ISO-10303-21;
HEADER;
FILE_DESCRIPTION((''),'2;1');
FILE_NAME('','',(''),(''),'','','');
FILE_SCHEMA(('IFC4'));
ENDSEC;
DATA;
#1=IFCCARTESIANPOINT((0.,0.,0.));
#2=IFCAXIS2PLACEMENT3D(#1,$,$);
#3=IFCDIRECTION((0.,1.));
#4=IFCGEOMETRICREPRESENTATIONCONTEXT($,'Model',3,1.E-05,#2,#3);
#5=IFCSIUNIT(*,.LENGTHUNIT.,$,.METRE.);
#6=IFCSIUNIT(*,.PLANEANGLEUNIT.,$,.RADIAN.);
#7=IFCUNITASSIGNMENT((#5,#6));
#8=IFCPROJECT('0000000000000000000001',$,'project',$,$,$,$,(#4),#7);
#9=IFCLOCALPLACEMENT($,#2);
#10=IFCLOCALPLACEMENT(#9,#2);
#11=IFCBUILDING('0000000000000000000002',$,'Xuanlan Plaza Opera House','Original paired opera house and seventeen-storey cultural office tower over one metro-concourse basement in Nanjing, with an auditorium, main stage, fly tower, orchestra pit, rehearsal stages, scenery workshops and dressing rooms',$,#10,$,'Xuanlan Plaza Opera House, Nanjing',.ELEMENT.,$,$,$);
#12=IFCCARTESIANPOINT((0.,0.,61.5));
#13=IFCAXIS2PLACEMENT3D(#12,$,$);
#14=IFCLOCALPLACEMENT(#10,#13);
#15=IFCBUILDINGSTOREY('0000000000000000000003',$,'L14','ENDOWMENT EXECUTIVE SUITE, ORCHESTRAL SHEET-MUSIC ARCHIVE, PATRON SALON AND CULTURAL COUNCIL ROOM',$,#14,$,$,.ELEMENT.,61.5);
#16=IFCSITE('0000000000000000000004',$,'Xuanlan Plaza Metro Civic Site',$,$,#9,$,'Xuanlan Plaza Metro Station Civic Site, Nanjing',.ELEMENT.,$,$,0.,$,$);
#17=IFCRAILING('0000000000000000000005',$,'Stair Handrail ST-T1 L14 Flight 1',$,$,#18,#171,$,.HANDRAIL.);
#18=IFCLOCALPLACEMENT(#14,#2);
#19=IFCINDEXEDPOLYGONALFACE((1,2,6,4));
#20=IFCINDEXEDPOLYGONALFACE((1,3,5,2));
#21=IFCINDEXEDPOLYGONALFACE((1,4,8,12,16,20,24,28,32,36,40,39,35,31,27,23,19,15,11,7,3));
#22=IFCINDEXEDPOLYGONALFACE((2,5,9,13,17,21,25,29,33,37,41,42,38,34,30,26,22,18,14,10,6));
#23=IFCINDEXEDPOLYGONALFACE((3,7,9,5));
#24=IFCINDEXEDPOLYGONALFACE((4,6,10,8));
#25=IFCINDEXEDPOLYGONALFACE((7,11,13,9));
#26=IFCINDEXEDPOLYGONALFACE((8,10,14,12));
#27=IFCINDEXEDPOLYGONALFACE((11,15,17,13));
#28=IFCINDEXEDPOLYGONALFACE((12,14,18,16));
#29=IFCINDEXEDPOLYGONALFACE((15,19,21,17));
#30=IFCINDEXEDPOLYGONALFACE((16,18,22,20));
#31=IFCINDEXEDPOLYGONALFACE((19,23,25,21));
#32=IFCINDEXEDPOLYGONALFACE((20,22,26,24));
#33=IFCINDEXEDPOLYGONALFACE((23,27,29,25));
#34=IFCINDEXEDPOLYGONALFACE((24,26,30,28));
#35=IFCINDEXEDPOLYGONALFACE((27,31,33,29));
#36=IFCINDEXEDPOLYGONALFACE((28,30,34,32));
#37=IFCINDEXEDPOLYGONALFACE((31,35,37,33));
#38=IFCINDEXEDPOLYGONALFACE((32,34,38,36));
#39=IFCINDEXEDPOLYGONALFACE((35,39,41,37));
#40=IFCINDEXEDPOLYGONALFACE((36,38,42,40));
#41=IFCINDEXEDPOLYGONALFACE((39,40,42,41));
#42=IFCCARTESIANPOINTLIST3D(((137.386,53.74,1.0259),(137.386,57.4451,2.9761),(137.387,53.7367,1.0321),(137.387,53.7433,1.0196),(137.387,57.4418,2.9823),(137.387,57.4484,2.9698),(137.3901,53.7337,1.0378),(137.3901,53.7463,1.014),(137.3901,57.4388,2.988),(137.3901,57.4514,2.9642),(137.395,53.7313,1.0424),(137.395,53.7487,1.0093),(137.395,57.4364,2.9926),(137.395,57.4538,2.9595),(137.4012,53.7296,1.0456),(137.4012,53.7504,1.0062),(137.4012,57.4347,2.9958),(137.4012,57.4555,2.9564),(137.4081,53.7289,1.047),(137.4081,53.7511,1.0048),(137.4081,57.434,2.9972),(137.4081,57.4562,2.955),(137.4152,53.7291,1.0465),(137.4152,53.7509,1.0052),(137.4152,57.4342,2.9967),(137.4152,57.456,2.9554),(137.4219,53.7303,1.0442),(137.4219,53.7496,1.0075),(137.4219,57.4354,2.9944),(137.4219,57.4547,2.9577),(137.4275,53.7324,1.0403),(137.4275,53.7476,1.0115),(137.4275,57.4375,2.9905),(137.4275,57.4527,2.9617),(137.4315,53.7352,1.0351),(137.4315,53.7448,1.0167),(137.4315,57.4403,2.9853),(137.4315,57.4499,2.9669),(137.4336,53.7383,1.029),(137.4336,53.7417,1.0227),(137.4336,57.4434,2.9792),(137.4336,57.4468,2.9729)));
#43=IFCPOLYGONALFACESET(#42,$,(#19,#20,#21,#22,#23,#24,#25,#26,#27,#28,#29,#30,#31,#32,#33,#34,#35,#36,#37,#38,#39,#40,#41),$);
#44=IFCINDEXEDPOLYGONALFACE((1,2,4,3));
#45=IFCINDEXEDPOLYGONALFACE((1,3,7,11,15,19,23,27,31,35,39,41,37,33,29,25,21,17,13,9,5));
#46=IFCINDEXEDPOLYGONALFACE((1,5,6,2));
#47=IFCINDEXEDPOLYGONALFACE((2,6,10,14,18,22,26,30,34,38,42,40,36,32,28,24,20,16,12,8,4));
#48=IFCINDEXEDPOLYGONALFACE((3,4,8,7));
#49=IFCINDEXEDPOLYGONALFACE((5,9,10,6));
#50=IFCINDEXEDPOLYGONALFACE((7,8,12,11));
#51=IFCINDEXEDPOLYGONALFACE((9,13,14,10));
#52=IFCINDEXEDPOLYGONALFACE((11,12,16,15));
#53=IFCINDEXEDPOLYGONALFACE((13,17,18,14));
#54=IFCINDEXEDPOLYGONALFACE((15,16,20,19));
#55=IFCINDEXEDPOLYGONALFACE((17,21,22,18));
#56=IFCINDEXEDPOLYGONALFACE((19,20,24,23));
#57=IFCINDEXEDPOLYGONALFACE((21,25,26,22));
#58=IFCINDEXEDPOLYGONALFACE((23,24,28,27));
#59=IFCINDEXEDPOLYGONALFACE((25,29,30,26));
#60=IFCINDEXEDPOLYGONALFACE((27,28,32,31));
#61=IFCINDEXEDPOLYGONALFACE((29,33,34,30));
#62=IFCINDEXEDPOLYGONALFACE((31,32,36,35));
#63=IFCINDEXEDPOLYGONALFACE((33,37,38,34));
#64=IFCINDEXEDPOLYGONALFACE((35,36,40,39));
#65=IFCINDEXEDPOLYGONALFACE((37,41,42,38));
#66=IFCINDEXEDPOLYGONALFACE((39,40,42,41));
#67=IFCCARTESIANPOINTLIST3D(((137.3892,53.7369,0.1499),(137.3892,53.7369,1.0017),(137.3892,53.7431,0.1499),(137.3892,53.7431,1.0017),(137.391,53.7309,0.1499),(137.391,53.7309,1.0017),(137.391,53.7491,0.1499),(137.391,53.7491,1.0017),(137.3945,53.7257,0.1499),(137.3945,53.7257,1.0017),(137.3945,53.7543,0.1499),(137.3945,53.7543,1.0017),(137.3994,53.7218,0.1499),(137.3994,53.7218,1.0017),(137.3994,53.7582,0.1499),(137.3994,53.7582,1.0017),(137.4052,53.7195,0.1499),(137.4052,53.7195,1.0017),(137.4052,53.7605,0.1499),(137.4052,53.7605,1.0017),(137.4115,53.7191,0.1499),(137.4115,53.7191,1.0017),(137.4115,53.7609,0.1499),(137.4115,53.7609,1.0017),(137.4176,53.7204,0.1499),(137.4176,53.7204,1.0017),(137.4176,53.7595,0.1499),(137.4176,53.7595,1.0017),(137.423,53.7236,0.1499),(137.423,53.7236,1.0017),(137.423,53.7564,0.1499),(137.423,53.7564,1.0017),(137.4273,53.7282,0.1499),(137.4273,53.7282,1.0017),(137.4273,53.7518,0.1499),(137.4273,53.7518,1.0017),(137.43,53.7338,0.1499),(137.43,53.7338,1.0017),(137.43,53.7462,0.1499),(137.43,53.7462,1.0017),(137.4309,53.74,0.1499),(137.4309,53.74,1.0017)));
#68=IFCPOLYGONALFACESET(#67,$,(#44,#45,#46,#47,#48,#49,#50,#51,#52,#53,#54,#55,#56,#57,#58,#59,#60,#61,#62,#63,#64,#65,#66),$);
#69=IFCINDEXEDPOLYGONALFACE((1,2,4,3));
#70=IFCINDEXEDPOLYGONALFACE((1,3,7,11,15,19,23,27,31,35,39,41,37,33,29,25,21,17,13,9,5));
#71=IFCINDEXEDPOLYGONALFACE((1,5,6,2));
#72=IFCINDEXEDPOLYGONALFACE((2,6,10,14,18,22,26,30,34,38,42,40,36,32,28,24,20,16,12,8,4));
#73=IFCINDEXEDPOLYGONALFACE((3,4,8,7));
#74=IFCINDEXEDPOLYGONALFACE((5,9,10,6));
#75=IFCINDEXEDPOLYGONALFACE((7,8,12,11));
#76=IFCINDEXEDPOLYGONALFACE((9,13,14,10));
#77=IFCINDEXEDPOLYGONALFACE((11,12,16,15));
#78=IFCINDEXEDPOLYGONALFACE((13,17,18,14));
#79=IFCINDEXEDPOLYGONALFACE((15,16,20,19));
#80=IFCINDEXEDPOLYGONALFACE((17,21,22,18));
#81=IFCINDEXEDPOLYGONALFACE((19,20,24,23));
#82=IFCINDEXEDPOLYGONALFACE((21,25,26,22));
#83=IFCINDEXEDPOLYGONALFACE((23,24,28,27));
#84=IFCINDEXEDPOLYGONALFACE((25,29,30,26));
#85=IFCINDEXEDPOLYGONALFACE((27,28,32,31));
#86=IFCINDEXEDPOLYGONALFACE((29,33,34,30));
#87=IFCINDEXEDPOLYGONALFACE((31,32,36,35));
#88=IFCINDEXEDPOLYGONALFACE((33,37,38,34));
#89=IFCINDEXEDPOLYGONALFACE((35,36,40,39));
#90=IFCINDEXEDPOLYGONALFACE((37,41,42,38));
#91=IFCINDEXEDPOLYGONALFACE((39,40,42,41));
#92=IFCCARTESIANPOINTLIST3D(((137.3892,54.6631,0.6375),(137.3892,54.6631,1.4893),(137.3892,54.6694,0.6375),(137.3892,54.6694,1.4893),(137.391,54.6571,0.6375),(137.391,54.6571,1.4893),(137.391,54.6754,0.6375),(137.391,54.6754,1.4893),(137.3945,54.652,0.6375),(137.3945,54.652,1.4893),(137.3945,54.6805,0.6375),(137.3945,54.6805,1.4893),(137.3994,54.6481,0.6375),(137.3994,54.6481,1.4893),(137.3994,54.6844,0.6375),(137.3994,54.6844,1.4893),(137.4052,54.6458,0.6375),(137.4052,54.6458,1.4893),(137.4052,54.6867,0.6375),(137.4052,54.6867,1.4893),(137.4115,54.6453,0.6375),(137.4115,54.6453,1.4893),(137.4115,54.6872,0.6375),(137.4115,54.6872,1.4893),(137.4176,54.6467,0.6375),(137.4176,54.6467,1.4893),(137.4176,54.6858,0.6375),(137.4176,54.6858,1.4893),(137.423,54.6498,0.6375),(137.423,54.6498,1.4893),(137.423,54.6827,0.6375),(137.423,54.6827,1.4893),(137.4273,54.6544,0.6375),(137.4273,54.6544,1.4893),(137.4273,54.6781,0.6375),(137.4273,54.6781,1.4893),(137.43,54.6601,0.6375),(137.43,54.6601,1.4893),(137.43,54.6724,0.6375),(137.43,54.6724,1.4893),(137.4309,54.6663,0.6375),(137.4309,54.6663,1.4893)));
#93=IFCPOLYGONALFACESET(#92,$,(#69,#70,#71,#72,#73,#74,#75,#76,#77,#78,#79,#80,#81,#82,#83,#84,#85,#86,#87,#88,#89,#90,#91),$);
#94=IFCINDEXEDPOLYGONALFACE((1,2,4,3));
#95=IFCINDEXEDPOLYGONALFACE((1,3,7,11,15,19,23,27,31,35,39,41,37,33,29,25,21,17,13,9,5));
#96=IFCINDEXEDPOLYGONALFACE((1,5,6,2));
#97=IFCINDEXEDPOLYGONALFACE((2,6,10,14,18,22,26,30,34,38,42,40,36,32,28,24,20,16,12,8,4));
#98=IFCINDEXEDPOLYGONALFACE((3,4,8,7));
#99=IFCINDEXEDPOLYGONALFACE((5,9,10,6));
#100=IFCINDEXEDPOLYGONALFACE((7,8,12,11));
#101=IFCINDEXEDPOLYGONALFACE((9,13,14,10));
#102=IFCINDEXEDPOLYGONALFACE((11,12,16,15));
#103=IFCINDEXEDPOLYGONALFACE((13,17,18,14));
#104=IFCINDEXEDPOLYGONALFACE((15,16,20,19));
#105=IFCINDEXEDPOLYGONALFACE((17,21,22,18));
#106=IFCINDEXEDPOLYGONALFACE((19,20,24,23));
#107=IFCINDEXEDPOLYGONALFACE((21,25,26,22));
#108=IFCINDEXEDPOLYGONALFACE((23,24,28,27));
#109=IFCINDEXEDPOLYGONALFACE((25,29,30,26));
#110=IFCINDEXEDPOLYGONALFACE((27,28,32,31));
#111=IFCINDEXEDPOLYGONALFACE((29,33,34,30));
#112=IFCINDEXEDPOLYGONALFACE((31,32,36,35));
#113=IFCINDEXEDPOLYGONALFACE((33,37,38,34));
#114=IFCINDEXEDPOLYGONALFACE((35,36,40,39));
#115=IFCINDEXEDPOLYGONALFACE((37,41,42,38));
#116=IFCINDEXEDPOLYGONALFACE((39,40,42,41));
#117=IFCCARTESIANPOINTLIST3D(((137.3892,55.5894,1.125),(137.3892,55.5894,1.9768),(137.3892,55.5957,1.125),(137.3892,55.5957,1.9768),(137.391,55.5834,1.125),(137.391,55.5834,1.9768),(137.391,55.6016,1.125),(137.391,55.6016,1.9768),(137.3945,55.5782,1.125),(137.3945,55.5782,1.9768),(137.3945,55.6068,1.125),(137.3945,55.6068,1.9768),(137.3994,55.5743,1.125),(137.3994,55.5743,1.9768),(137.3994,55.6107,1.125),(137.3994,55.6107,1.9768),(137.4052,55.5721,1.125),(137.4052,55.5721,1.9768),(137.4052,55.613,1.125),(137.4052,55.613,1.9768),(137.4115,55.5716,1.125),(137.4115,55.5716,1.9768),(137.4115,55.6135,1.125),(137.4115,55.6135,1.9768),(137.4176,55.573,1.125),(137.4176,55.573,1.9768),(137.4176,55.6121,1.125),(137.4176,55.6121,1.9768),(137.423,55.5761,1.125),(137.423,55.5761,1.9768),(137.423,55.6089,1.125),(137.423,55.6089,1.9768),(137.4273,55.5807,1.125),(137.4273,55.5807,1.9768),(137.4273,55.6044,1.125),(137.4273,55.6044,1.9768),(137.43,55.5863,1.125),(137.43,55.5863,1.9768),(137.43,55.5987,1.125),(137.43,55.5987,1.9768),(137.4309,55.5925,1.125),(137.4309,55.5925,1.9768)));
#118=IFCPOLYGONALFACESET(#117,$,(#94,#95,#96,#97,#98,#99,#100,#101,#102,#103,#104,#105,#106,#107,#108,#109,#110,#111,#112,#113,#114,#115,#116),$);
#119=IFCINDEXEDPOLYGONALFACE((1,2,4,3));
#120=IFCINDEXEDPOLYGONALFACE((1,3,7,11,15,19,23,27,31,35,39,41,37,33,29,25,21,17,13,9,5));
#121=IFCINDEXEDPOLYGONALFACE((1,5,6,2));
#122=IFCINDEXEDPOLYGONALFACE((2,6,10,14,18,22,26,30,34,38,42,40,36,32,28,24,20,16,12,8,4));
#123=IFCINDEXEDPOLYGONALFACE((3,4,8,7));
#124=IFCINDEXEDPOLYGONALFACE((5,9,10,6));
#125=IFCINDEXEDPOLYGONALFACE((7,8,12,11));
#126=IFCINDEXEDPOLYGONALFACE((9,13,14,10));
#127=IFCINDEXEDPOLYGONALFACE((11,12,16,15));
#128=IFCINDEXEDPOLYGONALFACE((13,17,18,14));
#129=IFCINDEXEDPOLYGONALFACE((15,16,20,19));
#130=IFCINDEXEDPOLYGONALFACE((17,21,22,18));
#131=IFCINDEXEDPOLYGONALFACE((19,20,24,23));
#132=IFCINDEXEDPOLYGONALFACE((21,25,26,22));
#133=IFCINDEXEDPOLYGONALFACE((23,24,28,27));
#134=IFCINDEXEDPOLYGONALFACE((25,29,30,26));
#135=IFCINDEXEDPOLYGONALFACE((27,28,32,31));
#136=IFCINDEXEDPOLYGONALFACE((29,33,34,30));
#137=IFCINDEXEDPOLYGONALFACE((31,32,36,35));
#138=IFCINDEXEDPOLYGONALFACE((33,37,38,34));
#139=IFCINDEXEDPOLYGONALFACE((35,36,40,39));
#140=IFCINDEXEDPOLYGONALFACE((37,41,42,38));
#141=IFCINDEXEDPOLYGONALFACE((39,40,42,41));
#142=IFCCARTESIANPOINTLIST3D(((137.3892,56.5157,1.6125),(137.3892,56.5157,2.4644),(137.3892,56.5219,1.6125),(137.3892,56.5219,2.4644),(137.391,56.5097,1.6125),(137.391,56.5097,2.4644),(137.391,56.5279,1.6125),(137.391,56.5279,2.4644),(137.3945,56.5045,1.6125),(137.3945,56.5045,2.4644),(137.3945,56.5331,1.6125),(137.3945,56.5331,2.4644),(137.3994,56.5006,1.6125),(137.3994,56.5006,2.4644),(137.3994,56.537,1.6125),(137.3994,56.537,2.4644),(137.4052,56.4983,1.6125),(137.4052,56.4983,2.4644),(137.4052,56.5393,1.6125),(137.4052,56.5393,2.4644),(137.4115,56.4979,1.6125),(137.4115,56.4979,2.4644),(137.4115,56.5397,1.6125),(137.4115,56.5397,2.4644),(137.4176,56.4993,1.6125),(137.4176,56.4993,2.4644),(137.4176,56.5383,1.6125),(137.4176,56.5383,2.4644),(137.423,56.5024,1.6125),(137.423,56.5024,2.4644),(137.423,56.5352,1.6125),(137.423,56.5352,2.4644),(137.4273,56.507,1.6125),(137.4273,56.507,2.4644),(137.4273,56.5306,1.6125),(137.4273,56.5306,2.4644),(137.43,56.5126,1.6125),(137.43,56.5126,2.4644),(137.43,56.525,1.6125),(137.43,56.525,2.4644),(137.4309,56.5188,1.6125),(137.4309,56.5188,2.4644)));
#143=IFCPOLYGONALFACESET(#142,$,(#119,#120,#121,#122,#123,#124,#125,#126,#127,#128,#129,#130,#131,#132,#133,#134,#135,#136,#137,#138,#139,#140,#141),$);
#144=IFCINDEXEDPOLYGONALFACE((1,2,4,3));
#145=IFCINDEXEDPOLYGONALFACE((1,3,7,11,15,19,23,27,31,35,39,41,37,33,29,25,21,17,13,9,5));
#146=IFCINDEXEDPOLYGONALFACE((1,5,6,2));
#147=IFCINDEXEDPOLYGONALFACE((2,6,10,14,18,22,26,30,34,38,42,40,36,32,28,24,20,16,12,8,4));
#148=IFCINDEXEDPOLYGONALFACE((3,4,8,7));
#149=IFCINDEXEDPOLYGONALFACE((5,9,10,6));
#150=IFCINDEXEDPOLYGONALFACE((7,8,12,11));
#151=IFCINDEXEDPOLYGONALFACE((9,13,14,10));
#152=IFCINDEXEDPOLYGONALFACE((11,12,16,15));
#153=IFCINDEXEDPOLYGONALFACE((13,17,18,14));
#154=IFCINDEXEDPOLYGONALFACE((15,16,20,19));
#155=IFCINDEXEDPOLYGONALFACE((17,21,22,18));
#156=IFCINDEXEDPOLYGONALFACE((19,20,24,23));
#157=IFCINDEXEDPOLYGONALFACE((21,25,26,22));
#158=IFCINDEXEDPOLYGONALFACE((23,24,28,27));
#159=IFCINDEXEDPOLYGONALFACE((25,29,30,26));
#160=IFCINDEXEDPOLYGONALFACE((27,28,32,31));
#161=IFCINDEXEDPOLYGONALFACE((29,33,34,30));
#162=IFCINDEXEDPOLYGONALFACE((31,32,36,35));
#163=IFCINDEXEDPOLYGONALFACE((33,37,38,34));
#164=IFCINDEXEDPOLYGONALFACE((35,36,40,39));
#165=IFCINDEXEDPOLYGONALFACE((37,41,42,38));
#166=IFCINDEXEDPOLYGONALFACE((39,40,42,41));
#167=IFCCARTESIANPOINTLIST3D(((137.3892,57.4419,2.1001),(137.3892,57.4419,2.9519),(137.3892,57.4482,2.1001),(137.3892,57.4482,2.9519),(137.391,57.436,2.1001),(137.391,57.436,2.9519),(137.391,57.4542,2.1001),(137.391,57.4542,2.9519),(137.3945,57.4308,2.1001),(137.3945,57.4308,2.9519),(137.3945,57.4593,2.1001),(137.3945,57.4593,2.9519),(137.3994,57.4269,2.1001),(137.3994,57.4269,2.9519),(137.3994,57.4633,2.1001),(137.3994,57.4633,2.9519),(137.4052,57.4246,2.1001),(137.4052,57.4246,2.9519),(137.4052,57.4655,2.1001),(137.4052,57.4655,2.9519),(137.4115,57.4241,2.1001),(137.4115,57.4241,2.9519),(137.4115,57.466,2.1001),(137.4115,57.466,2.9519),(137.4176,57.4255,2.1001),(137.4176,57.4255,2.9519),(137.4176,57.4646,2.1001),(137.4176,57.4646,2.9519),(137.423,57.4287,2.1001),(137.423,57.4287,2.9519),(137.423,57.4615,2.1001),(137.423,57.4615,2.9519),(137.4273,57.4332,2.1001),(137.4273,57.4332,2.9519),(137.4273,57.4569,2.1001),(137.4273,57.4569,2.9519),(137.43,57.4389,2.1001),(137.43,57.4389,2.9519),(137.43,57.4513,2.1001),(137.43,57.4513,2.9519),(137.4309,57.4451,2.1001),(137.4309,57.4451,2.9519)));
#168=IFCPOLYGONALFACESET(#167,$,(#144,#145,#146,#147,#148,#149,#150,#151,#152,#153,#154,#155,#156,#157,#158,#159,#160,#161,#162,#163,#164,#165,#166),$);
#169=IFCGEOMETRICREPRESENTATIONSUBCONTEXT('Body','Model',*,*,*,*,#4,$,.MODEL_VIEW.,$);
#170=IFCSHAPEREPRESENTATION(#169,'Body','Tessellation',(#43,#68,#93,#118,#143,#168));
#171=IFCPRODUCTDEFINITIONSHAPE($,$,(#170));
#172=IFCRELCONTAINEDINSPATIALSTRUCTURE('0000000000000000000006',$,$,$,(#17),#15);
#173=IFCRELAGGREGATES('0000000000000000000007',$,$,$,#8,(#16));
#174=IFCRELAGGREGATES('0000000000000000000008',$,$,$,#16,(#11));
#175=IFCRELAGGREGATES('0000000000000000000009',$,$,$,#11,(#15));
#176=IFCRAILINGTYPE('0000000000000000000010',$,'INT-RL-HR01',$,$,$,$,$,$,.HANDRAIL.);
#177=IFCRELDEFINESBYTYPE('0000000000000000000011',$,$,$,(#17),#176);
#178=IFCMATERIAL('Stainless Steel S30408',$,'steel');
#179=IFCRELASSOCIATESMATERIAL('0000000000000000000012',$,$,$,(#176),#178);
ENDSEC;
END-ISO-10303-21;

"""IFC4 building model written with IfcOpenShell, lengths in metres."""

from ifc_helpers import new_model, si_unit, direction, frame, origin, origin_2d, place, context, subcontext, project, spatial, circle, extrude, material, type_object, element, save


model = new_model("IFC4")

# Units and contexts
model_context = context("Model", 3, precision=1e-05, world=origin(), true_north=direction((0.0, 1.0)))
body_context = subcontext(model_context, "Body", "Model", "MODEL_VIEW")
ifc_project = project(units=[si_unit("LENGTHUNIT", "METRE"), si_unit("PLANEANGLEUNIT", "RADIAN")], contexts=[model_context])

# Site, building, storey
site_placement = place(None, origin())
site = spatial("IfcSite", under=ifc_project, at=site_placement, Name="Xuanlan Plaza Metro Civic Site", LongName="Xuanlan Plaza Metro Station Civic Site, Nanjing", CompositionType="ELEMENT", RefElevation=0.0)
building_placement = place(site_placement, origin())
building = spatial("IfcBuilding", under=site, at=building_placement, Name="Xuanlan Plaza Opera House", Description="Original paired opera house and seventeen-storey cultural office tower over one metro-concourse basement in Nanjing, with an auditorium, main stage, fly tower, orchestra pit, rehearsal stages, scenery workshops and dressing rooms", LongName="Xuanlan Plaza Opera House, Nanjing", CompositionType="ELEMENT")
storey_placement = place(building_placement, frame((0.0, 0.0, 61.5)))
storey = spatial("IfcBuildingStorey", under=building, at=storey_placement, Name="L14", Description="ENDOWMENT EXECUTIVE SUITE, ORCHESTRAL SHEET-MUSIC ARCHIVE, PATRON SALON AND CULTURAL COUNCIL ROOM", CompositionType="ELEMENT", Elevation=61.5)

# Railing
ifc_material_1 = material(Name="Stainless Steel S30408", Category="steel")
railing_type = type_object("IfcRailingType", Name="INT-RL-HR01", PredefinedType="HANDRAIL", material=ifc_material_1)
railing_placement = place(storey_placement, frame((137.4099, 53.74, 0.1499)))
element("IfcRailing", 1, at=railing_placement, inside=storey, type_object=railing_type, Name="Stair Handrail ST-T1 L14 Flight 1", PredefinedType="HANDRAIL", context=body_context, shape_type="SweptSolid", body=[
    extrude(circle(Radius=0.0239, at=origin_2d()), frame((0.0, 0.0, 0.876), z_axis=(0.0, 0.884903, 0.465775), x_axis=(-1.0, 0.0, 0.0)), (0.0, 0.0, 1.0), 4.187),
    extrude(circle(Radius=0.021, at=origin_2d()), origin(), (0.0, 0.0, 1.0), 0.8518),
    extrude(circle(Radius=0.021, at=origin_2d()), frame((0.0, 0.9263, 0.4875)), (0.0, 0.0, 1.0), 0.8518),
    extrude(circle(Radius=0.021, at=origin_2d()), frame((0.0, 1.8525, 0.9751)), (0.0, 0.0, 1.0), 0.8518),
    extrude(circle(Radius=0.021, at=origin_2d()), frame((0.0, 2.7788, 1.4626)), (0.0, 0.0, 1.0), 0.8518),
    extrude(circle(Radius=0.021, at=origin_2d()), frame((0.0, 3.7051, 1.9502)), (0.0, 0.0, 1.0), 0.8518),
])

save(model, "model.ifc")
